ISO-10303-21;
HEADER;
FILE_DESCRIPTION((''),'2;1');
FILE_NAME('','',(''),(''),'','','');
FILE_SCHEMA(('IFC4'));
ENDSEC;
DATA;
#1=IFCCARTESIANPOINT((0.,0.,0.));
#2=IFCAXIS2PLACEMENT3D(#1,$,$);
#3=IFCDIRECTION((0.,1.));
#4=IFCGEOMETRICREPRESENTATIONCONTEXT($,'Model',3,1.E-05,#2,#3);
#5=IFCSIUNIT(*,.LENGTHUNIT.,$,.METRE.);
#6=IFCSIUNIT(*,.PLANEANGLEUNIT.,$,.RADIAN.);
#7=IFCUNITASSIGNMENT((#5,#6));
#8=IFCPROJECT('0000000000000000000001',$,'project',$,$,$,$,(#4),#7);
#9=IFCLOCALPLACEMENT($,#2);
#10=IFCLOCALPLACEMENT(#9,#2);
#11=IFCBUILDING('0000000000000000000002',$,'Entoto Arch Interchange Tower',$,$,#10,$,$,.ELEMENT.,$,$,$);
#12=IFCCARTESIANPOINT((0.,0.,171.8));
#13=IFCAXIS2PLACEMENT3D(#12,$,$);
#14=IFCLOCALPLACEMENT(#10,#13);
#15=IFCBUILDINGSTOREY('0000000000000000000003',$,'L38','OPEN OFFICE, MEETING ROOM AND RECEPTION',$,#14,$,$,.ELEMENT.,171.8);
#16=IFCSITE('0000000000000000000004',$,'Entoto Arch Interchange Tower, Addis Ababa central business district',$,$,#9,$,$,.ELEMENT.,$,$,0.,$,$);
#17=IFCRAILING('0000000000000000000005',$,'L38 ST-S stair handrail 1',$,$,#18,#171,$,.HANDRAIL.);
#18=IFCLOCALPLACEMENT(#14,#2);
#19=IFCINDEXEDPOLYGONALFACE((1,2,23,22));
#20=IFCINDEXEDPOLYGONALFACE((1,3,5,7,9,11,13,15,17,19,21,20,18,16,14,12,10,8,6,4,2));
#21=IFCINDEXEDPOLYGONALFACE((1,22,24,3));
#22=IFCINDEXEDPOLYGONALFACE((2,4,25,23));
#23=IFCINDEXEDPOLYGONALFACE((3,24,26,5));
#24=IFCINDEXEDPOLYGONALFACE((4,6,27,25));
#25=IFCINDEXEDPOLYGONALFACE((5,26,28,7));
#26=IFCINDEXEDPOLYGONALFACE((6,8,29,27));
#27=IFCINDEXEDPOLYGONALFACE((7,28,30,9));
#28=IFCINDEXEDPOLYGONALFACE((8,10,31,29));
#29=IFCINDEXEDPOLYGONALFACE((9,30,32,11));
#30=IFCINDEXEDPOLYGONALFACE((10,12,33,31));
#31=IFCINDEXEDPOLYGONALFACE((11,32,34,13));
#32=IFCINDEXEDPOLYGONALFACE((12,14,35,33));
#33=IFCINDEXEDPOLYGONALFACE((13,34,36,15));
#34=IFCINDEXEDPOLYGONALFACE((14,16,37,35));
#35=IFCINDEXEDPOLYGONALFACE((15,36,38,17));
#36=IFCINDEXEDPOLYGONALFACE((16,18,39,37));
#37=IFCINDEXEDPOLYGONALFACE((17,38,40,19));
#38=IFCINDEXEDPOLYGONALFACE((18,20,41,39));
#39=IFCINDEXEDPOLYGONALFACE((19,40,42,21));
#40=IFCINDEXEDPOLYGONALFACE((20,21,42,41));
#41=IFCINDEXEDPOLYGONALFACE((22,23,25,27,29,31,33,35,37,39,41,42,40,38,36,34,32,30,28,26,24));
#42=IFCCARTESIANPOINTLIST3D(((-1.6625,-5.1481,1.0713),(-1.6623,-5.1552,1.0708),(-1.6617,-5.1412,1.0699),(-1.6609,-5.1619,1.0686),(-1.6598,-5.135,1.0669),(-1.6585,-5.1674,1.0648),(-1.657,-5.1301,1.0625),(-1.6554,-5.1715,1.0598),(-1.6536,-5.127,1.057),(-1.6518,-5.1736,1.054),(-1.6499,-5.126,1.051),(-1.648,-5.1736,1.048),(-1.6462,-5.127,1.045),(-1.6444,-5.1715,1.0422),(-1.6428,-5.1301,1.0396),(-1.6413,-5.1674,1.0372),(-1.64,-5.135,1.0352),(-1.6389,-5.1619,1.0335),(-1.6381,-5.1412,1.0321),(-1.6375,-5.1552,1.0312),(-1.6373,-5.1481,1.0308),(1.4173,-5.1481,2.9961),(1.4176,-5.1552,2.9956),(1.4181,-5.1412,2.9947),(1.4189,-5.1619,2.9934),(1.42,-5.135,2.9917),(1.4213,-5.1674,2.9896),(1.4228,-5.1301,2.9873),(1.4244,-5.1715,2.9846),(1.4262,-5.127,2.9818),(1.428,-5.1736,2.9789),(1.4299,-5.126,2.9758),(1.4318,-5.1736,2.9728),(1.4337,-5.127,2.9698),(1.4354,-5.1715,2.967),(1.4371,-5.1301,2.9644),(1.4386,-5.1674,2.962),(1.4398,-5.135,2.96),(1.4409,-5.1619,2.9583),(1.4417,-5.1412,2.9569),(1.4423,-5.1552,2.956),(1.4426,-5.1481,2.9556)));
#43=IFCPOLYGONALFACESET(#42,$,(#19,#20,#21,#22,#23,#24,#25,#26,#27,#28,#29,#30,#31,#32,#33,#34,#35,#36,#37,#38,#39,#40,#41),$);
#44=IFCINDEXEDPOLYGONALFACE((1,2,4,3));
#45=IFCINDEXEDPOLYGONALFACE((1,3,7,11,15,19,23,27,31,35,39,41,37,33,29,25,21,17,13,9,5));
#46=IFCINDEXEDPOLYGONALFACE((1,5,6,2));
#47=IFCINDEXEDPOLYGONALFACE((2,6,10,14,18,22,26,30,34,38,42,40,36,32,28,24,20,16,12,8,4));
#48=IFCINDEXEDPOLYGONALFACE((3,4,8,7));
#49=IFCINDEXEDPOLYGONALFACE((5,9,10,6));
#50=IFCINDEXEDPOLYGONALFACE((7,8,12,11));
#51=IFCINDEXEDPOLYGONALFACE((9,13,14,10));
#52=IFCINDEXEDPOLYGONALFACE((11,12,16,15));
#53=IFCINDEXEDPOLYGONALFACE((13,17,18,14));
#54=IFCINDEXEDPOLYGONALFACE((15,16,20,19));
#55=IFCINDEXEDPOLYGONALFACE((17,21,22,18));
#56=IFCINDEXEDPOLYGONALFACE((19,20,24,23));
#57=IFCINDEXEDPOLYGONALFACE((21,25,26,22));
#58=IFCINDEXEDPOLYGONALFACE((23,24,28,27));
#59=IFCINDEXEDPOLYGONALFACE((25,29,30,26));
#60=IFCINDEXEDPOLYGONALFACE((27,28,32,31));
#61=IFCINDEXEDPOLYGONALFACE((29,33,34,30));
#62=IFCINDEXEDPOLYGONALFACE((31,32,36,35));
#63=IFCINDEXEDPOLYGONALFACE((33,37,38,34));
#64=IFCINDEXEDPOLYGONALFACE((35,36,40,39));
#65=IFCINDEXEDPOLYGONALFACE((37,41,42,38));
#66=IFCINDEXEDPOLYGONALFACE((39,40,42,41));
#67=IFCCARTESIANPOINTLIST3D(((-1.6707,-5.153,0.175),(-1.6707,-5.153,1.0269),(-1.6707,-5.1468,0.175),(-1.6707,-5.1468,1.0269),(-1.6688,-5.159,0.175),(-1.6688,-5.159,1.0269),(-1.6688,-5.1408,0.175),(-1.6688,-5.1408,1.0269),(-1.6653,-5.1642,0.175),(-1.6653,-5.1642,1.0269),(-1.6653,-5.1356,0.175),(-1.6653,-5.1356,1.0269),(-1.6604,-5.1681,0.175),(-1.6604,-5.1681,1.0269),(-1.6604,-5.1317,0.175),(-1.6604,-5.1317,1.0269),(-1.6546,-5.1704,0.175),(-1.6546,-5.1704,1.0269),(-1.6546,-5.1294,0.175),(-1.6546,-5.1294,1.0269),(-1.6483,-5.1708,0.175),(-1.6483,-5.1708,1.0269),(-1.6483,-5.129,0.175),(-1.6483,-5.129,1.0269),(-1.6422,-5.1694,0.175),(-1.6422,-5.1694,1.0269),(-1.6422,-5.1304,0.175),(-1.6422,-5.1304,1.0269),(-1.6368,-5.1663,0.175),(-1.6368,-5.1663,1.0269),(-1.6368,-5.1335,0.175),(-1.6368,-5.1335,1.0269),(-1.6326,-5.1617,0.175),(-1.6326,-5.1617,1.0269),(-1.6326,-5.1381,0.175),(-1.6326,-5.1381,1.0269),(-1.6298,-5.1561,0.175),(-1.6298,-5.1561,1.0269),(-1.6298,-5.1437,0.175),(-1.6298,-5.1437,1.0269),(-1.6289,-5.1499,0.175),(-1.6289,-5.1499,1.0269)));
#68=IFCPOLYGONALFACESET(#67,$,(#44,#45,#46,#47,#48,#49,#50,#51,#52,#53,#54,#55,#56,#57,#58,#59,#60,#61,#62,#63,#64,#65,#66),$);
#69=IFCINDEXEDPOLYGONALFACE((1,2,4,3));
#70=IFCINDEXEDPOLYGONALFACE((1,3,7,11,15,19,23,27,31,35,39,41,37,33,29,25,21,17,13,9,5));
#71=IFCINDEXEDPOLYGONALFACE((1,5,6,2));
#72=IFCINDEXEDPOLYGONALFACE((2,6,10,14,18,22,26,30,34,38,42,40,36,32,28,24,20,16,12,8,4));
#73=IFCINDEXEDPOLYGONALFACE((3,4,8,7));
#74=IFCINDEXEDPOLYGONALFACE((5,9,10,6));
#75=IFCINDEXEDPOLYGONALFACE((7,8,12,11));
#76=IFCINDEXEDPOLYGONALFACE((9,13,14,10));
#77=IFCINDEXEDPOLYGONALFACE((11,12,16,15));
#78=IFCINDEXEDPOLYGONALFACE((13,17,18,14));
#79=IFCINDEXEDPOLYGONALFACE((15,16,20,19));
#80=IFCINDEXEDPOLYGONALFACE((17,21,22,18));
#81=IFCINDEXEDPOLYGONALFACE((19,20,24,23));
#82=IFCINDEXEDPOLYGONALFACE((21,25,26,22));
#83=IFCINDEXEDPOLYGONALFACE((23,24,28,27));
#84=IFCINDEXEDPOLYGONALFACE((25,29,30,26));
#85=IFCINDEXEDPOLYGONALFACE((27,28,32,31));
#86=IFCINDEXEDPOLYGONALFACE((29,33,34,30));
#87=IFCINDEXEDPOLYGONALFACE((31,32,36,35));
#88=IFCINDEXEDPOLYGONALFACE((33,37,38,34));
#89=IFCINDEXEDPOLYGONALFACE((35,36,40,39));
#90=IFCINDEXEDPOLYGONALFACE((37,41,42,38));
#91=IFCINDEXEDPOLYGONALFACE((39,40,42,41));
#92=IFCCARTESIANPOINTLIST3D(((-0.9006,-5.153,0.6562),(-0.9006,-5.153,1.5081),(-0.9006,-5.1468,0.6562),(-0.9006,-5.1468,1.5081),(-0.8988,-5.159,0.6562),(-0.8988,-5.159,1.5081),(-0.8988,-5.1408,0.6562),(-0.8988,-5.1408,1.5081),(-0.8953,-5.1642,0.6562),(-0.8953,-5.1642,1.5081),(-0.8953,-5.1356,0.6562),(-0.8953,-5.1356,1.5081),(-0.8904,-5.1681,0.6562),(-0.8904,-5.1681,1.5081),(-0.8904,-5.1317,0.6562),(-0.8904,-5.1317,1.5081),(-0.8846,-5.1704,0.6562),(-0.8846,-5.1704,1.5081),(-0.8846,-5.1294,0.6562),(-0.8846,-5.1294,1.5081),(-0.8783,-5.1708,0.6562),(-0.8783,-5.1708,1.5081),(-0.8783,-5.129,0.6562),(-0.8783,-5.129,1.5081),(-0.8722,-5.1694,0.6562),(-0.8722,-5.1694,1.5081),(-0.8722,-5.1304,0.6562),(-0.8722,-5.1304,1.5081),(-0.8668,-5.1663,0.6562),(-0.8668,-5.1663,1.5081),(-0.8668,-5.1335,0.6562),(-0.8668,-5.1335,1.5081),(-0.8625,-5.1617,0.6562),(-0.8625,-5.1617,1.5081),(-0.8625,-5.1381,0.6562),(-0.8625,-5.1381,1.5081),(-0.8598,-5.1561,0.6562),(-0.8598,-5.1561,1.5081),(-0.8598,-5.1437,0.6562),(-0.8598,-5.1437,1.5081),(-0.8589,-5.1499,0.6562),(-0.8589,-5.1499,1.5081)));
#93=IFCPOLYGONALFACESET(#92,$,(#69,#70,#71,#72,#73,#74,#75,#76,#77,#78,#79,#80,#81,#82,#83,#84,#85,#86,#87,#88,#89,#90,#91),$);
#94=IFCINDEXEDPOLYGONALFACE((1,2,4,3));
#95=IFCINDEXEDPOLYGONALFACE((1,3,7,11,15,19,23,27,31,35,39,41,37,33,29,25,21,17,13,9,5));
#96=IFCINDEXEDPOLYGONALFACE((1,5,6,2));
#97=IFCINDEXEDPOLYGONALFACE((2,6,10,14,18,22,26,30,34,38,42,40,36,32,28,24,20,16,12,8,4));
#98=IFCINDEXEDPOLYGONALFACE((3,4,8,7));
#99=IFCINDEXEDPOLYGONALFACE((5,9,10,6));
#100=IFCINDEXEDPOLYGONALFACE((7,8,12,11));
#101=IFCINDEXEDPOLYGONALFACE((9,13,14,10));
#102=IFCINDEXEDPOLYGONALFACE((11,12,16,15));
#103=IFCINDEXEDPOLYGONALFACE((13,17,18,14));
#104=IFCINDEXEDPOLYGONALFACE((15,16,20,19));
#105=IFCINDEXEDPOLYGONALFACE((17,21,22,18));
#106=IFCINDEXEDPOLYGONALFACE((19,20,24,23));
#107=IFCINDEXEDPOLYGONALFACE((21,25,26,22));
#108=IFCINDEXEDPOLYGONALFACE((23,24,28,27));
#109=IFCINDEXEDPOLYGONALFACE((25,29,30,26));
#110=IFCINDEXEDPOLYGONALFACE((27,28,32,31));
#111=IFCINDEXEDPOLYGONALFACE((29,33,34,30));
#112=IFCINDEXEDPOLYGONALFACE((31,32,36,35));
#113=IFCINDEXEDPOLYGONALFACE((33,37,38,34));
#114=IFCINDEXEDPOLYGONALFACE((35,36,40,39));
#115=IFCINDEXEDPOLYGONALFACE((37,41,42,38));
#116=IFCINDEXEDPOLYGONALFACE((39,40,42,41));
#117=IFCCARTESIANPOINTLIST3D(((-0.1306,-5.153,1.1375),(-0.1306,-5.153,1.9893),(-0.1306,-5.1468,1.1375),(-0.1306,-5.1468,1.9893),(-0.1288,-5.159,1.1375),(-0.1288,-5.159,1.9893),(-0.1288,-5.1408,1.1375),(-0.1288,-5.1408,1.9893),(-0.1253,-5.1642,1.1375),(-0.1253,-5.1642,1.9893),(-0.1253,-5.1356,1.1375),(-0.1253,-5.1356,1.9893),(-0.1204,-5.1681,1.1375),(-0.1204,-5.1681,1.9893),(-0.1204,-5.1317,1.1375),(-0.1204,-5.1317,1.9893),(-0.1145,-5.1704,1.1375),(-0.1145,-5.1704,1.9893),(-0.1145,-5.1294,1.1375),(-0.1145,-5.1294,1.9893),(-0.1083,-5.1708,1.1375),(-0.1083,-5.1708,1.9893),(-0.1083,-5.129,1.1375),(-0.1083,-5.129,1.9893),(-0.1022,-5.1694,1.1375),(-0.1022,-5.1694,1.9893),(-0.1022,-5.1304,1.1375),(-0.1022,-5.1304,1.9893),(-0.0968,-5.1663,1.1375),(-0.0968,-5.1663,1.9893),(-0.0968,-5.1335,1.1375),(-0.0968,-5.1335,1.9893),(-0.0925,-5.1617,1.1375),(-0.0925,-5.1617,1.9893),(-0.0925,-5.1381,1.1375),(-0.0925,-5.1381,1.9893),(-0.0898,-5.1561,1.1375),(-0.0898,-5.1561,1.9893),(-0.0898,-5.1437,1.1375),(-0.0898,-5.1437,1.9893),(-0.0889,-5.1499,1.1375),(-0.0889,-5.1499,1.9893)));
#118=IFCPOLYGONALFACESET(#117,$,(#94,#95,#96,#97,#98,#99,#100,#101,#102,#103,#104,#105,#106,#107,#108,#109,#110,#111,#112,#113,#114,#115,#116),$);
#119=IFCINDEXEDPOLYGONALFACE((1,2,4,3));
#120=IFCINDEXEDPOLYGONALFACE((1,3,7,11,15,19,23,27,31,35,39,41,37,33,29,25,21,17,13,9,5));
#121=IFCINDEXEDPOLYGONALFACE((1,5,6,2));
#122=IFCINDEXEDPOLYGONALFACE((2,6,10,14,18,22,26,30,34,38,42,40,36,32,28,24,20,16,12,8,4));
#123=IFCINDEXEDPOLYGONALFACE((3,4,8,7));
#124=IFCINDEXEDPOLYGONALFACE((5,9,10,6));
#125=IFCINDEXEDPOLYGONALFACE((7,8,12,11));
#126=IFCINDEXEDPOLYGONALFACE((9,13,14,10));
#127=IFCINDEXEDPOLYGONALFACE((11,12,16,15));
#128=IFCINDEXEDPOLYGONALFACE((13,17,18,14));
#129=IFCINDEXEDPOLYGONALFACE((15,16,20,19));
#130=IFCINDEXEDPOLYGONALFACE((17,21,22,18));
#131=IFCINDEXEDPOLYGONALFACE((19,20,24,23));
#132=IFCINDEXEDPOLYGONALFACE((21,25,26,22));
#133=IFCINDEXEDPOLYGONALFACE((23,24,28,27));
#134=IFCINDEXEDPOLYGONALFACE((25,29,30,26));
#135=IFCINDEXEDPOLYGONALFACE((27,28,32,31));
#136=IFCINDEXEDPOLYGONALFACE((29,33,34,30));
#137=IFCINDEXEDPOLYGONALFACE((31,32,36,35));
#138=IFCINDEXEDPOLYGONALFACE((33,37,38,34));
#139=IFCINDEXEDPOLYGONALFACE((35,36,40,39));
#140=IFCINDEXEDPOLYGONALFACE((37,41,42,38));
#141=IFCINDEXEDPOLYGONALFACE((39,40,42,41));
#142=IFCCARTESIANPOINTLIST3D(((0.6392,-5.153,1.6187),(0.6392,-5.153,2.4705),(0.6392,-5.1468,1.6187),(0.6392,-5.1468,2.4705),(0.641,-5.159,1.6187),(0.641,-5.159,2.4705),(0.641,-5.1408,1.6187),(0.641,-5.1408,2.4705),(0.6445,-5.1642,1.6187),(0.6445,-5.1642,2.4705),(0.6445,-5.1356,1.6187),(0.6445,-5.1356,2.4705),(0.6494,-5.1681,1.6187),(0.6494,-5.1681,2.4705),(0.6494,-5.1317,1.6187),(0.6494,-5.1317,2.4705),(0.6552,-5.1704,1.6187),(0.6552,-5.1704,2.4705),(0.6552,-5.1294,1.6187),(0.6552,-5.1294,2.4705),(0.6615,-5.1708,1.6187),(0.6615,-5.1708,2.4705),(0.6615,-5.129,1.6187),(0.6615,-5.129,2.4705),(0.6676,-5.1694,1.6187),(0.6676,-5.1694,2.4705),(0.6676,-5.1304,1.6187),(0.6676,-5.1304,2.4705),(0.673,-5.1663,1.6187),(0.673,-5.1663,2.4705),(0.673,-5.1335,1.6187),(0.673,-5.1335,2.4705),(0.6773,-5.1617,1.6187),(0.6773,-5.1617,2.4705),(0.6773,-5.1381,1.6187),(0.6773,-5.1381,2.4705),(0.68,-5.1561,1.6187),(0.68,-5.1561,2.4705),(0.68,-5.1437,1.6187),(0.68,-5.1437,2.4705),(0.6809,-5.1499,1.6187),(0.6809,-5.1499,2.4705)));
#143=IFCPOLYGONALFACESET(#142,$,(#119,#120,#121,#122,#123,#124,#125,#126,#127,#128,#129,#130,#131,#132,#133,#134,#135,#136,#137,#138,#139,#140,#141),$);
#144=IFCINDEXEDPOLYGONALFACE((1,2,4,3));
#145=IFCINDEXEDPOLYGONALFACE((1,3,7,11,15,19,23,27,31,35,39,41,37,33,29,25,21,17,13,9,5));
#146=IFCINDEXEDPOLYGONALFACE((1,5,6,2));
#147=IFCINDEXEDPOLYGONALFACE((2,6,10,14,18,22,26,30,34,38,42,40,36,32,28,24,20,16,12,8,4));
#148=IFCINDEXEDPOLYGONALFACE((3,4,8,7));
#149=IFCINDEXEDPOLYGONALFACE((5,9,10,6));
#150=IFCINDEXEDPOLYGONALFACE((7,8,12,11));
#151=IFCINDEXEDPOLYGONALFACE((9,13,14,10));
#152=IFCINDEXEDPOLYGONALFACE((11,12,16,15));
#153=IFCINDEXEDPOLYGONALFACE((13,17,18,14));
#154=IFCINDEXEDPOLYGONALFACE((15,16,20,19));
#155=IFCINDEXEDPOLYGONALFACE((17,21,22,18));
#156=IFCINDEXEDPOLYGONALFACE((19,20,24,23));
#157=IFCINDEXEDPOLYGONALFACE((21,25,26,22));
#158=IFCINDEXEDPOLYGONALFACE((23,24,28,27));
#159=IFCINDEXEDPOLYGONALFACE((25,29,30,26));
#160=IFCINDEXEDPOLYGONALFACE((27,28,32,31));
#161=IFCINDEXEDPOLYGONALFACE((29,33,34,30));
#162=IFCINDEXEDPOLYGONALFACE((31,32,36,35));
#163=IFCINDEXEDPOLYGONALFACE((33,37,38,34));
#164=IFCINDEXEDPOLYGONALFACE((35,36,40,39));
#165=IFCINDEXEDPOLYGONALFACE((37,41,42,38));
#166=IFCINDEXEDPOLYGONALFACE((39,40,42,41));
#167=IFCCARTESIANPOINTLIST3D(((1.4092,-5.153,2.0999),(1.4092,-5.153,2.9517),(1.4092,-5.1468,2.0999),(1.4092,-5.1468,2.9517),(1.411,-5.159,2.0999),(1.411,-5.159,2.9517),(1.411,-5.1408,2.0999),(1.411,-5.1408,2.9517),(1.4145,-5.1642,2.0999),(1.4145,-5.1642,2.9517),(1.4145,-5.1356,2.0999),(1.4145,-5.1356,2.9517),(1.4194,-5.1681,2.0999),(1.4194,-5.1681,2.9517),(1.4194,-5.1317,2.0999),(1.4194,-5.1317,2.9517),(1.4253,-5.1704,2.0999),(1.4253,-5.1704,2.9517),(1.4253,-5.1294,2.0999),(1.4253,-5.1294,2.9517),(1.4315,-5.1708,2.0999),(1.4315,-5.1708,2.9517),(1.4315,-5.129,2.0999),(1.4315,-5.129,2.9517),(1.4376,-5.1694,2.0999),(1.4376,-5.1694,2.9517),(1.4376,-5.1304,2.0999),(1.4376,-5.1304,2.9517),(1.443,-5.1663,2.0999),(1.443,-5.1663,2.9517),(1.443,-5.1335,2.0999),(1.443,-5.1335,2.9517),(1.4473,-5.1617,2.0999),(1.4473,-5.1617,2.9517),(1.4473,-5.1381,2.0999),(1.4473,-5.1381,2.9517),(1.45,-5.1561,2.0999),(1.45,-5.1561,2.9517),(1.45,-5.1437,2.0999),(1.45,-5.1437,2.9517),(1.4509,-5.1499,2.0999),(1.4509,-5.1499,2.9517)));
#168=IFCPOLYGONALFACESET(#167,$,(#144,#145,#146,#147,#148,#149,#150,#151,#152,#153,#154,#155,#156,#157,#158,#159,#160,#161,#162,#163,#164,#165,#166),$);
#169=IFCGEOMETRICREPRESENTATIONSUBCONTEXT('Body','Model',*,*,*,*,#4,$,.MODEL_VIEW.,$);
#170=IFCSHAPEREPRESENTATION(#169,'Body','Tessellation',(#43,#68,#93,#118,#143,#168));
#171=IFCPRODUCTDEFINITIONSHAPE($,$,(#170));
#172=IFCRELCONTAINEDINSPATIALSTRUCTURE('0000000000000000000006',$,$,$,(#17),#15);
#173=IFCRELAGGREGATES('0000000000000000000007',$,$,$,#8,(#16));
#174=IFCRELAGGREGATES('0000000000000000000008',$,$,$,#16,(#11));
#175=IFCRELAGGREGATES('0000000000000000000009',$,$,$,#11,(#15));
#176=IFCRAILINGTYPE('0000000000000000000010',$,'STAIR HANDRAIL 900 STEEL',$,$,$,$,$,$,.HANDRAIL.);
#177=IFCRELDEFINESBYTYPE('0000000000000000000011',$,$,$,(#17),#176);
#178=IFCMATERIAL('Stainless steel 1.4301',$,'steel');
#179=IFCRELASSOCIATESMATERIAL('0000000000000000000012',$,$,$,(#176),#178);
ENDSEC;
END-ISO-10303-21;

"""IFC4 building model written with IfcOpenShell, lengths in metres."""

from ifc_helpers import new_model, si_unit, direction, frame, origin, origin_2d, place, context, subcontext, project, spatial, circle, extrude, material, type_object, element, save


model = new_model("IFC4")

# Units and contexts
model_context = context("Model", 3, precision=1e-05, world=origin(), true_north=direction((0.0, 1.0)))
body_context = subcontext(model_context, "Body", "Model", "MODEL_VIEW")
ifc_project = project(units=[si_unit("LENGTHUNIT", "METRE"), si_unit("PLANEANGLEUNIT", "RADIAN")], contexts=[model_context])

# Site, building, storey
site_placement = place(None, origin())
site = spatial("IfcSite", under=ifc_project, at=site_placement, Name="Entoto Arch Interchange Tower, Addis Ababa central business district", CompositionType="ELEMENT", RefElevation=0.0)
building_placement = place(site_placement, origin())
building = spatial("IfcBuilding", under=site, at=building_placement, Name="Entoto Arch Interchange Tower", CompositionType="ELEMENT")
storey_placement = place(building_placement, frame((0.0, 0.0, 171.8)))
storey = spatial("IfcBuildingStorey", under=building, at=storey_placement, Name="L38", Description="OPEN OFFICE, MEETING ROOM AND RECEPTION", CompositionType="ELEMENT", Elevation=171.8)

# Railing
ifc_material_1 = material(Name="Stainless steel 1.4301", Category="steel")
railing_type_1 = type_object("IfcRailingType", Name="STAIR HANDRAIL 900 STEEL", PredefinedType="HANDRAIL", material=ifc_material_1)
railing_1_placement = place(storey_placement, frame((-1.6499, -5.1499, 0.175)))
element("IfcRailing", 1, at=railing_1_placement, inside=storey, type_object=railing_type_1, Name="L38 ST-S stair handrail 1", PredefinedType="HANDRAIL", context=body_context, shape_type="SweptSolid", body=[
    extrude(circle(Radius=0.0239, at=origin_2d()), frame((0.0, 0.0, 0.876), z_axis=(0.84801, 0.0, 0.529981), x_axis=(0.0, 1.0, 0.0)), (0.0, 0.0, 1.0), 3.6318),
    extrude(circle(Radius=0.021, at=origin_2d()), origin(), (0.0, 0.0, 1.0), 0.8518),
    extrude(circle(Radius=0.021, at=origin_2d()), frame((0.77, 0.0, 0.4812)), (0.0, 0.0, 1.0), 0.8518),
    extrude(circle(Radius=0.021, at=origin_2d()), frame((1.54, 0.0, 0.9624)), (0.0, 0.0, 1.0), 0.8518),
    extrude(circle(Radius=0.021, at=origin_2d()), frame((2.3098, 0.0, 1.4436)), (0.0, 0.0, 1.0), 0.8518),
    extrude(circle(Radius=0.021, at=origin_2d()), frame((3.0798, 0.0, 1.9248)), (0.0, 0.0, 1.0), 0.8518),
])

save(model, "model.ifc")
